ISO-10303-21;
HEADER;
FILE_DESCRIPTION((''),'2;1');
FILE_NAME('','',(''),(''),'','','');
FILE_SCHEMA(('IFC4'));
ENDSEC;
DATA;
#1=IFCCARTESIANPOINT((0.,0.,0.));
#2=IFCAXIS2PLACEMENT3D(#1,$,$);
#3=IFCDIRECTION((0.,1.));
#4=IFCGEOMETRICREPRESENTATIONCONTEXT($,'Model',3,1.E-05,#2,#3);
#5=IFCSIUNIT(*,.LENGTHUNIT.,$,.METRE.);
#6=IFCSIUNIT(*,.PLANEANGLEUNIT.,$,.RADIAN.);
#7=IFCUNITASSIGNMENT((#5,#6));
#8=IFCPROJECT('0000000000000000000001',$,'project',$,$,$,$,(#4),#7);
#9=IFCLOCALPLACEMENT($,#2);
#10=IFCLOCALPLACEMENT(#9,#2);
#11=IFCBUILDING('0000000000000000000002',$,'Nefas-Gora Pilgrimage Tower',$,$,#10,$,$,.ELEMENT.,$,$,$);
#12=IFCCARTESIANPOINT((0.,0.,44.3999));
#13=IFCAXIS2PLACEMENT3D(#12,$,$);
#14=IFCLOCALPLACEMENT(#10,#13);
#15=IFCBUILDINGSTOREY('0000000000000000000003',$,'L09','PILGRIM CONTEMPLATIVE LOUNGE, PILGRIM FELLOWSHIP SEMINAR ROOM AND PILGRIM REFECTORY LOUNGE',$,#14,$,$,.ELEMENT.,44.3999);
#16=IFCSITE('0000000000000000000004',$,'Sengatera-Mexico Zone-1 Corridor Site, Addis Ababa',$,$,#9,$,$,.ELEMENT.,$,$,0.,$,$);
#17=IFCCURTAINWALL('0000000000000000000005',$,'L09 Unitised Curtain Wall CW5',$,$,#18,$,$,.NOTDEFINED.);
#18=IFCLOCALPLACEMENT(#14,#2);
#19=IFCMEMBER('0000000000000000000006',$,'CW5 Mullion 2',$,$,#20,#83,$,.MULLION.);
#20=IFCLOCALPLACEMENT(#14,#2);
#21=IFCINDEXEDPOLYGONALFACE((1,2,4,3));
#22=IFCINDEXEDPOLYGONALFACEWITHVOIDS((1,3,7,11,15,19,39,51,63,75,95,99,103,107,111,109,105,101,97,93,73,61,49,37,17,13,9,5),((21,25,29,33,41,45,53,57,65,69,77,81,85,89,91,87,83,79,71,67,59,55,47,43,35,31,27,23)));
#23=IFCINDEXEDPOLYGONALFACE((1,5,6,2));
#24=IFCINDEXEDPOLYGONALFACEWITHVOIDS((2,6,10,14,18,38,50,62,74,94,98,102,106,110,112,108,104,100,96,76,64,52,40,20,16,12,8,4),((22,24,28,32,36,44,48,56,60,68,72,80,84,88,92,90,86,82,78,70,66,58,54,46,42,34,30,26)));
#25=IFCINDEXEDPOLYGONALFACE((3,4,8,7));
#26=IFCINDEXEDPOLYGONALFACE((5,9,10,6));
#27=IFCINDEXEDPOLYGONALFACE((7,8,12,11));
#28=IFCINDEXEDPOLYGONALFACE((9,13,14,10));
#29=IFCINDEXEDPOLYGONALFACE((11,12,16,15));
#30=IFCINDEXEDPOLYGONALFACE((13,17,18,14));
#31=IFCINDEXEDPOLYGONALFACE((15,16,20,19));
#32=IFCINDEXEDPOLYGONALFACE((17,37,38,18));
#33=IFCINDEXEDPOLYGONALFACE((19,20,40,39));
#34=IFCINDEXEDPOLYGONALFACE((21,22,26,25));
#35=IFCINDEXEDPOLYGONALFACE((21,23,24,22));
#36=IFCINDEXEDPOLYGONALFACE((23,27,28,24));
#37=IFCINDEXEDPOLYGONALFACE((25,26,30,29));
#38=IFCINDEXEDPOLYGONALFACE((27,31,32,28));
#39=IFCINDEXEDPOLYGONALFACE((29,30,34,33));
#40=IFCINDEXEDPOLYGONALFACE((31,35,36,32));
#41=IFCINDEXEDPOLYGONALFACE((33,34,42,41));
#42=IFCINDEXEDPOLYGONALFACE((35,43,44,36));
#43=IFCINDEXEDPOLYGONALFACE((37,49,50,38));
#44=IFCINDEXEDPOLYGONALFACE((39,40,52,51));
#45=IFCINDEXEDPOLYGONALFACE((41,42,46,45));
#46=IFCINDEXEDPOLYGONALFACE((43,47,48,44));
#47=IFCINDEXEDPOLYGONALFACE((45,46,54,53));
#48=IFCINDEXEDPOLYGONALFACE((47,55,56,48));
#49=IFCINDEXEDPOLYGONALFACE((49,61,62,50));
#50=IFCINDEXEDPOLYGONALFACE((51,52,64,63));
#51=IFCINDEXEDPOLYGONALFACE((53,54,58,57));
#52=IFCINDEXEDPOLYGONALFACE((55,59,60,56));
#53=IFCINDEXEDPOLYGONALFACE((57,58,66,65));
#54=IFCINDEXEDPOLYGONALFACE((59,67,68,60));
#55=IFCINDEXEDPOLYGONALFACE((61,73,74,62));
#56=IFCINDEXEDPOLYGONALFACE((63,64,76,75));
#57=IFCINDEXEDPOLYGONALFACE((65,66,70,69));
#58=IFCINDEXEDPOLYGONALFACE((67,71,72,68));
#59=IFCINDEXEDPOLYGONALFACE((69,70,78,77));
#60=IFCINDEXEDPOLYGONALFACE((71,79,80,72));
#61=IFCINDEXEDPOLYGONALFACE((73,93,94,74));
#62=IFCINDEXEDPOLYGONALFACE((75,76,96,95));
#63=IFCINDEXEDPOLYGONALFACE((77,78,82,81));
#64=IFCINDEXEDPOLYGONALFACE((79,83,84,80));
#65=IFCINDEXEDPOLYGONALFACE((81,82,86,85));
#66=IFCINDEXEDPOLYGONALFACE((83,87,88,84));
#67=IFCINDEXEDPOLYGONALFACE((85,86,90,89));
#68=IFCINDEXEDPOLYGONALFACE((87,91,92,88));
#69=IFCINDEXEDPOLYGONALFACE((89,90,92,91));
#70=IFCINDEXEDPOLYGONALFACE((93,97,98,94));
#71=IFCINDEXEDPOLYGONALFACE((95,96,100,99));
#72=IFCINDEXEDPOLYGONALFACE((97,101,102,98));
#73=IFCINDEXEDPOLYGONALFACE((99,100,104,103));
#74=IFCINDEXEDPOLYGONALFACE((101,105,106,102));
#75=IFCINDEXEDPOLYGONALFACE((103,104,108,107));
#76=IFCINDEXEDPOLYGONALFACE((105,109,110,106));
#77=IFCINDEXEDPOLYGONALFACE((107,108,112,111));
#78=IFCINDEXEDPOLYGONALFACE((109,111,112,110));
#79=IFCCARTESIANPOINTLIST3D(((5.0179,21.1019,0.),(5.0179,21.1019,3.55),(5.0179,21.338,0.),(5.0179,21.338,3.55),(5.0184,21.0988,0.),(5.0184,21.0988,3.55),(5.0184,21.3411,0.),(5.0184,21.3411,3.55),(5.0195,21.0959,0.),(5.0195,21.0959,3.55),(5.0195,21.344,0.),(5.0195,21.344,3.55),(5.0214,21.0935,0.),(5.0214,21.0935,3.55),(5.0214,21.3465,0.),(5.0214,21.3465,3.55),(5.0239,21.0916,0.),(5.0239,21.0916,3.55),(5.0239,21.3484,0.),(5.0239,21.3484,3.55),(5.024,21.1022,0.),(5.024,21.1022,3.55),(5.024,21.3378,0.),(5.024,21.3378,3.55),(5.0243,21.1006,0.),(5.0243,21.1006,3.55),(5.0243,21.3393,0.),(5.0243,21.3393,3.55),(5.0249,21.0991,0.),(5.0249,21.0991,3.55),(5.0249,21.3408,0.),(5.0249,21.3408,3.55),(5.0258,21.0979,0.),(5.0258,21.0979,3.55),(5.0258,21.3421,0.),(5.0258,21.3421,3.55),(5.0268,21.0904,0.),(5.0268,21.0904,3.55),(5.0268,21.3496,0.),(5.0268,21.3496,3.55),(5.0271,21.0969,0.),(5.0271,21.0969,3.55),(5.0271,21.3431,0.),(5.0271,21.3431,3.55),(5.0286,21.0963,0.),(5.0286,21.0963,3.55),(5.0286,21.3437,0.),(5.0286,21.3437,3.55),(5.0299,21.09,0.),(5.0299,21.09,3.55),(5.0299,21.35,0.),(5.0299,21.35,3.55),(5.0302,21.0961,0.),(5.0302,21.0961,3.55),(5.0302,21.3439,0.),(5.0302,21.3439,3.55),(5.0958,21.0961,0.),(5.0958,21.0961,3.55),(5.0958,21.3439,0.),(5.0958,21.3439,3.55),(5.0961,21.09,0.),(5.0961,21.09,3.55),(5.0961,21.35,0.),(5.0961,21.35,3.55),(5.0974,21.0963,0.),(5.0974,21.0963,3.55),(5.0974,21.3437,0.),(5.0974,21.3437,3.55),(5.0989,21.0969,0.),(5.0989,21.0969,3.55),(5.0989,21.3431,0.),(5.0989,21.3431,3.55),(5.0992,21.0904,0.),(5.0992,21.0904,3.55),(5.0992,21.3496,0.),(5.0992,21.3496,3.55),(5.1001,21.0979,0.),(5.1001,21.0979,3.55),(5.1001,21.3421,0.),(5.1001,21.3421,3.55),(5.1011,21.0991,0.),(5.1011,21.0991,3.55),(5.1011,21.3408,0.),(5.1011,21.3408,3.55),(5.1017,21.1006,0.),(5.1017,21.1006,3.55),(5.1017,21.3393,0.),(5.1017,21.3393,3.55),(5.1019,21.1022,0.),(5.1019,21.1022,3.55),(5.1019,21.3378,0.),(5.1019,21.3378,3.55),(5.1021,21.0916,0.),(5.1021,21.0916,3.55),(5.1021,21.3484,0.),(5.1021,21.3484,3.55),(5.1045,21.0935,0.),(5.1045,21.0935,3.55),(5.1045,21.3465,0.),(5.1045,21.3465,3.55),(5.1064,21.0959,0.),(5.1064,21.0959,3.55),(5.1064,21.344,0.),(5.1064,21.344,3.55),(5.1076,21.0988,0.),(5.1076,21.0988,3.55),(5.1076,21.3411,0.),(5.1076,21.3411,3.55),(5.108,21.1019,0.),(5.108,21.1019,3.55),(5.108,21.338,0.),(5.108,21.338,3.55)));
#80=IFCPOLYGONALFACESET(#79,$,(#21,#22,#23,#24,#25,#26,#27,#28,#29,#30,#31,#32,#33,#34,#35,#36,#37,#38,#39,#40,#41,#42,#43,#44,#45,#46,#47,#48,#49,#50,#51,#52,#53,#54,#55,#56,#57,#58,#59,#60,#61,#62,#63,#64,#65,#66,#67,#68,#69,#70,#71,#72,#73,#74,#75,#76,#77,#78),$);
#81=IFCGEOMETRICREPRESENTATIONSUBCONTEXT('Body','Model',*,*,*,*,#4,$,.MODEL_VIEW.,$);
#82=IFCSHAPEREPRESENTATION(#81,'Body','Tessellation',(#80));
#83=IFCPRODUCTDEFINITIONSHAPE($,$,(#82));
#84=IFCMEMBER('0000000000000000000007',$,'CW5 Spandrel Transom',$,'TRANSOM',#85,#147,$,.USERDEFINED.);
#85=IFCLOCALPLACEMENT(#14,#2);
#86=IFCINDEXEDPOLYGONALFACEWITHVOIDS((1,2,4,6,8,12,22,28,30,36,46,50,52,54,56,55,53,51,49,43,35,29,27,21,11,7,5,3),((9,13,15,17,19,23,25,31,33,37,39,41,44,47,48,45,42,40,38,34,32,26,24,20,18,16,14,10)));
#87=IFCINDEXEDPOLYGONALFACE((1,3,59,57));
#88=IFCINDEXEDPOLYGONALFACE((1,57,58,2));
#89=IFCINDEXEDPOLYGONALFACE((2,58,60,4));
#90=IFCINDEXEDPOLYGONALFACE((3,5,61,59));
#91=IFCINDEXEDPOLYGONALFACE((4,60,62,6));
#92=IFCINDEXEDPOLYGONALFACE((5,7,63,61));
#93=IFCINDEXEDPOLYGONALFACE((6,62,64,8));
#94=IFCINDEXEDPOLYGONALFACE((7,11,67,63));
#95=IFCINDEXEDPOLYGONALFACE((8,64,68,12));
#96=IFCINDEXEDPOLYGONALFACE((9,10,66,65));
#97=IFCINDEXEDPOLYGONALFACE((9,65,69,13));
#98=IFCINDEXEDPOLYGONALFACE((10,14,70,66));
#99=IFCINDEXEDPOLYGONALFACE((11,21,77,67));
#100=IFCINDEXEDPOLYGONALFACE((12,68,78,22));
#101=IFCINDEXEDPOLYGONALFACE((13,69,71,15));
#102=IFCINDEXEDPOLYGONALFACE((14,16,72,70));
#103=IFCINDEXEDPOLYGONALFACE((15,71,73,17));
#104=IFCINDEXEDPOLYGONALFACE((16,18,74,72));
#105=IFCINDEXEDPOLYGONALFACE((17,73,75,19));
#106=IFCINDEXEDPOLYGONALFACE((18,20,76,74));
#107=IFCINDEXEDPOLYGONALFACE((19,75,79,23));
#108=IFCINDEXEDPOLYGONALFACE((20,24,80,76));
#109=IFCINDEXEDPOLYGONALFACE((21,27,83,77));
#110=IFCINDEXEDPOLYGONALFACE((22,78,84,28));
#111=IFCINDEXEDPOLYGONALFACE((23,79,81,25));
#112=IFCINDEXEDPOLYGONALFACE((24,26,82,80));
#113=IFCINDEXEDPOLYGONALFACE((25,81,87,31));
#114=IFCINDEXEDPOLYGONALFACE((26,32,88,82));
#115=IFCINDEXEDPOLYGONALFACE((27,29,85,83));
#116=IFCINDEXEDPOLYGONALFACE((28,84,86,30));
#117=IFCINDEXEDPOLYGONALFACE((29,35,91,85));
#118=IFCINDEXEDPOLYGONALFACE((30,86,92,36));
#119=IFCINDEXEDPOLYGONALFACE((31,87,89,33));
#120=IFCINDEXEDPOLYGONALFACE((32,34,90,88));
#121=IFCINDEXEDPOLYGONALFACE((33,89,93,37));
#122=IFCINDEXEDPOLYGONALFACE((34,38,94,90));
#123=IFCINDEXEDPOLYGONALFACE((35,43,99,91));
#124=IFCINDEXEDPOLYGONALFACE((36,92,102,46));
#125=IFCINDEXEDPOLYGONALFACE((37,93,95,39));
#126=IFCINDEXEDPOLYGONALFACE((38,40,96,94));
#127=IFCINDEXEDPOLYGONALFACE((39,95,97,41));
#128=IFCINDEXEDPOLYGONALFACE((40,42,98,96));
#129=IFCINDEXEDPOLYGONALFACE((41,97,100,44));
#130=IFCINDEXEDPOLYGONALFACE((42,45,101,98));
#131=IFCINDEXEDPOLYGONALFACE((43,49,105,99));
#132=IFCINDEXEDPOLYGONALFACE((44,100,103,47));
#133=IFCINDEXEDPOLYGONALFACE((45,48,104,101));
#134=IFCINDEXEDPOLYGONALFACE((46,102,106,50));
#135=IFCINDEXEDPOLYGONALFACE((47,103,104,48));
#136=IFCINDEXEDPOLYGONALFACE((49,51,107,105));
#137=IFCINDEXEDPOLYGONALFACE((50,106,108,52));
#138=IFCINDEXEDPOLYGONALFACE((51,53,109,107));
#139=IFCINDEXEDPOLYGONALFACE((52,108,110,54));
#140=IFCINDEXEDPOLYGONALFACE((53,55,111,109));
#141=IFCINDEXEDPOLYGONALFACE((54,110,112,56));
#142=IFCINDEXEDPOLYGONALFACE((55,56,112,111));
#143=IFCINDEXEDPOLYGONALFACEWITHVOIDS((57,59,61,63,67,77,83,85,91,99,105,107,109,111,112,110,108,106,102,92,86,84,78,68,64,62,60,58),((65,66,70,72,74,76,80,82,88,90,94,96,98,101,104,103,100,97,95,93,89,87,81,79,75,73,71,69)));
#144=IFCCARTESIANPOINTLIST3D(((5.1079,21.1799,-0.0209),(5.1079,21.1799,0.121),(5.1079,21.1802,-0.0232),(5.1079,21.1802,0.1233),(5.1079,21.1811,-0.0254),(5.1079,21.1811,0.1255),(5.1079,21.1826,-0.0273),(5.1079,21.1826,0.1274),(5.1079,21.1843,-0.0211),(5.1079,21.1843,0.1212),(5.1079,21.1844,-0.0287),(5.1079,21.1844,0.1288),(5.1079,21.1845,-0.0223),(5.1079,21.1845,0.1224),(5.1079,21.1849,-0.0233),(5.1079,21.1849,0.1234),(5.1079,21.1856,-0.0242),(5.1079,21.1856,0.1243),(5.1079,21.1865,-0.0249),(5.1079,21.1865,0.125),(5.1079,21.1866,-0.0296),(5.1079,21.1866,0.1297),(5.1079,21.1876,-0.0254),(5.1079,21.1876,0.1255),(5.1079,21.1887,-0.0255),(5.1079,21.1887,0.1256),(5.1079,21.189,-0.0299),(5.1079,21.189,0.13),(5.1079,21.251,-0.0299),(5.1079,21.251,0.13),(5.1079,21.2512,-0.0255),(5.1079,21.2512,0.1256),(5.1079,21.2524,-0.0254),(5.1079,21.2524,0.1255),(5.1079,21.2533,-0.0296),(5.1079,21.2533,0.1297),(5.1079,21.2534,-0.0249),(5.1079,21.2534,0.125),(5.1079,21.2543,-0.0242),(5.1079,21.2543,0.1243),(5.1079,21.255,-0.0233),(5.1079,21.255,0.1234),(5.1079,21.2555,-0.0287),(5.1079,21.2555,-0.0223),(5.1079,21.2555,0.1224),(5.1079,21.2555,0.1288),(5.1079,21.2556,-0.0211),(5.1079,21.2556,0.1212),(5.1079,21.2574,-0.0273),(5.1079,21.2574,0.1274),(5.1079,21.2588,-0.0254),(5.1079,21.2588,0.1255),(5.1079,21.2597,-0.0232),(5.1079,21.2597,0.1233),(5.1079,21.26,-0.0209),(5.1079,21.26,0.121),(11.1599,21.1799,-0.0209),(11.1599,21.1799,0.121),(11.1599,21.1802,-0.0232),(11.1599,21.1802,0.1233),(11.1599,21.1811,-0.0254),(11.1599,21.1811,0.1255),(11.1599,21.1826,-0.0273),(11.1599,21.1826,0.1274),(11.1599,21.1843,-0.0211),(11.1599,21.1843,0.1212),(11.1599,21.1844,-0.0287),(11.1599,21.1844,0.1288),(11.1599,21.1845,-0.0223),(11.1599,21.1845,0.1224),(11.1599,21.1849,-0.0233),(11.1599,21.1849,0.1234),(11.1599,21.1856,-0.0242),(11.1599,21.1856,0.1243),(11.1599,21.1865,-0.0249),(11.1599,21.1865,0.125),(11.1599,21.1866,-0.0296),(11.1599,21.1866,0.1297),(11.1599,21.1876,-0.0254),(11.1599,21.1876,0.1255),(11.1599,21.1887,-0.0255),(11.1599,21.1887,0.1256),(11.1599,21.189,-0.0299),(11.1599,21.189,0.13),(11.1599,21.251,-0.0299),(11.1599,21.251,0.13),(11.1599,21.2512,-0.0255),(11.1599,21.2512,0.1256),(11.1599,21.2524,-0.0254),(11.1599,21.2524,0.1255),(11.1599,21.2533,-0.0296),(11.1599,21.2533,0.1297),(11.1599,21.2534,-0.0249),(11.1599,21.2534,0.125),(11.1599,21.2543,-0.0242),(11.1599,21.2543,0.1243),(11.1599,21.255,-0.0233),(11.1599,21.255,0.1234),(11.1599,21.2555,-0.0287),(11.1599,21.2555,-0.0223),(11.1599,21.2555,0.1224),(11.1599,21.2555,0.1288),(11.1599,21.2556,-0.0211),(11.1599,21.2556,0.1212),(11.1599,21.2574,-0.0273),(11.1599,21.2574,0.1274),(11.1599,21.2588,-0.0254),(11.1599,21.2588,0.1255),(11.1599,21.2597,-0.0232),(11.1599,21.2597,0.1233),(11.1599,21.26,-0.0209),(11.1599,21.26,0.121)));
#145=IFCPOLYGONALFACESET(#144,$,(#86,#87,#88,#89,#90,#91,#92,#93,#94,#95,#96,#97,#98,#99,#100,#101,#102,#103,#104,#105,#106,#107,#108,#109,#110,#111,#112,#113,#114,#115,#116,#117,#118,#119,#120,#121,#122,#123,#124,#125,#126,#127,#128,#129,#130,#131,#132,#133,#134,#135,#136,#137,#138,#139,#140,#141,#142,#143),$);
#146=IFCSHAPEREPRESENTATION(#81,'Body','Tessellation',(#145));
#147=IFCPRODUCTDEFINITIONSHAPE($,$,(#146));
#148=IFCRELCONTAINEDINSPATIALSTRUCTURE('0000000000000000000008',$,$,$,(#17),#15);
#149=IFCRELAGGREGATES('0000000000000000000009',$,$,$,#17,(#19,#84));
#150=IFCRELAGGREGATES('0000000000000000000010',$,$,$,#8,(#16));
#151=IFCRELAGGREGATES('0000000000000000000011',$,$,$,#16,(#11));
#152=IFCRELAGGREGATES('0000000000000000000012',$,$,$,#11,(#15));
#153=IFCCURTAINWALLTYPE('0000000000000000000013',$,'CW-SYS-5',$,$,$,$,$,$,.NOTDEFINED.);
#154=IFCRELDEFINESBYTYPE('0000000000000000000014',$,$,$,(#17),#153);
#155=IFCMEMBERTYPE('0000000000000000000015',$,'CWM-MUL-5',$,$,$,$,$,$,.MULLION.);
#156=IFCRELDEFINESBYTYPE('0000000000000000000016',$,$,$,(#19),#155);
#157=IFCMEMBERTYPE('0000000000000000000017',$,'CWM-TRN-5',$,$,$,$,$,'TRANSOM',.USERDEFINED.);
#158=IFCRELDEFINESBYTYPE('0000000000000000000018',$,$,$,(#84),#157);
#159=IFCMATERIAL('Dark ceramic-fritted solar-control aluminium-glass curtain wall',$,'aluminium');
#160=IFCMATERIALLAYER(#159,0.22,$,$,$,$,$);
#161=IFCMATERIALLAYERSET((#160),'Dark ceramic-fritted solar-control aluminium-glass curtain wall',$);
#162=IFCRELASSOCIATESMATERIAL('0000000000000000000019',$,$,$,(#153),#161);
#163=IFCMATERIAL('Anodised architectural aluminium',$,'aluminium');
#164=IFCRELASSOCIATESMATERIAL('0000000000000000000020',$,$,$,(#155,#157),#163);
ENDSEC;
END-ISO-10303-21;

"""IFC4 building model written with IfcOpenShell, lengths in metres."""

from ifc_helpers import new_model, si_unit, direction, frame, origin, origin_2d, place, context, subcontext, project, spatial, hollow_rectangle, extrude, source, transform, mapped, material, layer, layer_set, material_profile, profile_set, type_object, element, aggregate, save


model = new_model("IFC4")

# Units and contexts
model_context = context("Model", 3, precision=1e-05, world=origin(), true_north=direction((0.0, 1.0)))
body_context = subcontext(model_context, "Body", "Model", "MODEL_VIEW")
ifc_project = project(units=[si_unit("LENGTHUNIT", "METRE"), si_unit("PLANEANGLEUNIT", "RADIAN")], contexts=[model_context])

# Site, building, storey
site_placement = place(None, origin())
site = spatial("IfcSite", under=ifc_project, at=site_placement, Name="Sengatera-Mexico Zone-1 Corridor Site, Addis Ababa", CompositionType="ELEMENT", RefElevation=0.0)
building_placement = place(site_placement, origin())
building = spatial("IfcBuilding", under=site, at=building_placement, Name="Nefas-Gora Pilgrimage Tower", CompositionType="ELEMENT")
storey_placement = place(building_placement, frame((0.0, 0.0, 44.3999)))
storey = spatial("IfcBuildingStorey", under=building, at=storey_placement, Name="L09", Description="PILGRIM CONTEMPLATIVE LOUNGE, PILGRIM FELLOWSHIP SEMINAR ROOM AND PILGRIM REFECTORY LOUNGE", CompositionType="ELEMENT", Elevation=44.3999)

# Curtain wall, members
ifc_material_1 = material(Name="Dark ceramic-fritted solar-control aluminium-glass curtain wall", Category="aluminium")
ifc_layer_1 = layer(ifc_material_1, 0.22)
ifc_layer_set_1 = layer_set([ifc_layer_1], Name="Dark ceramic-fritted solar-control aluminium-glass curtain wall")
curtain_wall_type_1 = type_object("IfcCurtainWallType", Name="CW-SYS-5", PredefinedType="NOTDEFINED", material=ifc_layer_set_1)
curtain_wall_1_placement = place(storey_placement, origin())
curtain_wall_1 = element("IfcCurtainWall", 1, at=curtain_wall_1_placement, inside=storey, type_object=curtain_wall_type_1, Name="L09 Unitised Curtain Wall CW5", PredefinedType="NOTDEFINED")
ifc_material_2 = material(Name="Anodised architectural aluminium", Category="aluminium")
ifc_material_profile_1 = material_profile(ifc_material_2, hollow_rectangle(XDim=0.0901, YDim=0.26, WallThickness=0.0061, InnerFilletRadius=0.0061, OuterFilletRadius=0.012, at=origin_2d()), Name="ALU MULLION 90x260")
ifc_profile_set_1 = profile_set([ifc_material_profile_1], Name="Anodised architectural aluminium")
member_type_1 = type_object("IfcMemberType", Name="CWM-MUL-5", PredefinedType="MULLION", material=ifc_profile_set_1)
shared_shape_1 = source(origin(), body_context, "Body", "SweptSolid", [
    extrude(hollow_rectangle(XDim=0.0901, YDim=0.26, WallThickness=0.0061, InnerFilletRadius=0.0061, OuterFilletRadius=0.012, at=origin_2d()), origin(), (0.0, 0.0, 1.0), 3.55),
])
member_1_placement = place(storey_placement, frame((5.063, 21.22, 0.0), z_axis=(0.0, 0.0, 1.0), x_axis=(-1.0, 0.0, 0.0)))
member_1 = element("IfcMember", 2, at=member_1_placement, type_object=member_type_1, Name="CW5 Mullion 2", PredefinedType="MULLION", context=body_context, shape_type="MappedRepresentation", body=[
    mapped(shared_shape_1, transform((0.0, 0.0, 0.0), x_axis=(1.0, 0.0, 0.0), y_axis=(0.0, 1.0, 0.0), z_axis=(0.0, 0.0, 1.0), scale=1.0)),
])
ifc_material_profile_2 = material_profile(ifc_material_2, hollow_rectangle(XDim=0.0801, YDim=0.1599, WallThickness=0.0044, InnerFilletRadius=0.0044, OuterFilletRadius=0.009, at=origin_2d()), Name="ALU TRANSOM 80x160")
ifc_profile_set_2 = profile_set([ifc_material_profile_2], Name="Anodised architectural aluminium")
member_type_2 = type_object("IfcMemberType", Name="CWM-TRN-5", ElementType="TRANSOM", PredefinedType="USERDEFINED", material=ifc_profile_set_2)
shared_shape_2 = source(origin(), body_context, "Body", "SweptSolid", [
    extrude(hollow_rectangle(XDim=0.0801, YDim=0.1599, WallThickness=0.0044, InnerFilletRadius=0.0044, OuterFilletRadius=0.009, at=origin_2d()), origin(), (0.0, 0.0, 1.0), 6.052),
])
member_2_placement = place(storey_placement, frame((11.1599, 21.22, 0.05), z_axis=(-1.0, 0.0, 0.0), x_axis=(0.0, -1.0, 0.0)))
member_2 = element("IfcMember", 3, at=member_2_placement, type_object=member_type_2, Name="CW5 Spandrel Transom", ObjectType="TRANSOM", PredefinedType="USERDEFINED", context=body_context, shape_type="MappedRepresentation", body=[
    mapped(shared_shape_2, transform((0.0, 0.0, 0.0), x_axis=(1.0, 0.0, 0.0), y_axis=(0.0, 1.0, 0.0), z_axis=(0.0, 0.0, 1.0), scale=1.0)),
])

aggregate(curtain_wall_1, [member_1, member_2])

save(model, "model.ifc")
